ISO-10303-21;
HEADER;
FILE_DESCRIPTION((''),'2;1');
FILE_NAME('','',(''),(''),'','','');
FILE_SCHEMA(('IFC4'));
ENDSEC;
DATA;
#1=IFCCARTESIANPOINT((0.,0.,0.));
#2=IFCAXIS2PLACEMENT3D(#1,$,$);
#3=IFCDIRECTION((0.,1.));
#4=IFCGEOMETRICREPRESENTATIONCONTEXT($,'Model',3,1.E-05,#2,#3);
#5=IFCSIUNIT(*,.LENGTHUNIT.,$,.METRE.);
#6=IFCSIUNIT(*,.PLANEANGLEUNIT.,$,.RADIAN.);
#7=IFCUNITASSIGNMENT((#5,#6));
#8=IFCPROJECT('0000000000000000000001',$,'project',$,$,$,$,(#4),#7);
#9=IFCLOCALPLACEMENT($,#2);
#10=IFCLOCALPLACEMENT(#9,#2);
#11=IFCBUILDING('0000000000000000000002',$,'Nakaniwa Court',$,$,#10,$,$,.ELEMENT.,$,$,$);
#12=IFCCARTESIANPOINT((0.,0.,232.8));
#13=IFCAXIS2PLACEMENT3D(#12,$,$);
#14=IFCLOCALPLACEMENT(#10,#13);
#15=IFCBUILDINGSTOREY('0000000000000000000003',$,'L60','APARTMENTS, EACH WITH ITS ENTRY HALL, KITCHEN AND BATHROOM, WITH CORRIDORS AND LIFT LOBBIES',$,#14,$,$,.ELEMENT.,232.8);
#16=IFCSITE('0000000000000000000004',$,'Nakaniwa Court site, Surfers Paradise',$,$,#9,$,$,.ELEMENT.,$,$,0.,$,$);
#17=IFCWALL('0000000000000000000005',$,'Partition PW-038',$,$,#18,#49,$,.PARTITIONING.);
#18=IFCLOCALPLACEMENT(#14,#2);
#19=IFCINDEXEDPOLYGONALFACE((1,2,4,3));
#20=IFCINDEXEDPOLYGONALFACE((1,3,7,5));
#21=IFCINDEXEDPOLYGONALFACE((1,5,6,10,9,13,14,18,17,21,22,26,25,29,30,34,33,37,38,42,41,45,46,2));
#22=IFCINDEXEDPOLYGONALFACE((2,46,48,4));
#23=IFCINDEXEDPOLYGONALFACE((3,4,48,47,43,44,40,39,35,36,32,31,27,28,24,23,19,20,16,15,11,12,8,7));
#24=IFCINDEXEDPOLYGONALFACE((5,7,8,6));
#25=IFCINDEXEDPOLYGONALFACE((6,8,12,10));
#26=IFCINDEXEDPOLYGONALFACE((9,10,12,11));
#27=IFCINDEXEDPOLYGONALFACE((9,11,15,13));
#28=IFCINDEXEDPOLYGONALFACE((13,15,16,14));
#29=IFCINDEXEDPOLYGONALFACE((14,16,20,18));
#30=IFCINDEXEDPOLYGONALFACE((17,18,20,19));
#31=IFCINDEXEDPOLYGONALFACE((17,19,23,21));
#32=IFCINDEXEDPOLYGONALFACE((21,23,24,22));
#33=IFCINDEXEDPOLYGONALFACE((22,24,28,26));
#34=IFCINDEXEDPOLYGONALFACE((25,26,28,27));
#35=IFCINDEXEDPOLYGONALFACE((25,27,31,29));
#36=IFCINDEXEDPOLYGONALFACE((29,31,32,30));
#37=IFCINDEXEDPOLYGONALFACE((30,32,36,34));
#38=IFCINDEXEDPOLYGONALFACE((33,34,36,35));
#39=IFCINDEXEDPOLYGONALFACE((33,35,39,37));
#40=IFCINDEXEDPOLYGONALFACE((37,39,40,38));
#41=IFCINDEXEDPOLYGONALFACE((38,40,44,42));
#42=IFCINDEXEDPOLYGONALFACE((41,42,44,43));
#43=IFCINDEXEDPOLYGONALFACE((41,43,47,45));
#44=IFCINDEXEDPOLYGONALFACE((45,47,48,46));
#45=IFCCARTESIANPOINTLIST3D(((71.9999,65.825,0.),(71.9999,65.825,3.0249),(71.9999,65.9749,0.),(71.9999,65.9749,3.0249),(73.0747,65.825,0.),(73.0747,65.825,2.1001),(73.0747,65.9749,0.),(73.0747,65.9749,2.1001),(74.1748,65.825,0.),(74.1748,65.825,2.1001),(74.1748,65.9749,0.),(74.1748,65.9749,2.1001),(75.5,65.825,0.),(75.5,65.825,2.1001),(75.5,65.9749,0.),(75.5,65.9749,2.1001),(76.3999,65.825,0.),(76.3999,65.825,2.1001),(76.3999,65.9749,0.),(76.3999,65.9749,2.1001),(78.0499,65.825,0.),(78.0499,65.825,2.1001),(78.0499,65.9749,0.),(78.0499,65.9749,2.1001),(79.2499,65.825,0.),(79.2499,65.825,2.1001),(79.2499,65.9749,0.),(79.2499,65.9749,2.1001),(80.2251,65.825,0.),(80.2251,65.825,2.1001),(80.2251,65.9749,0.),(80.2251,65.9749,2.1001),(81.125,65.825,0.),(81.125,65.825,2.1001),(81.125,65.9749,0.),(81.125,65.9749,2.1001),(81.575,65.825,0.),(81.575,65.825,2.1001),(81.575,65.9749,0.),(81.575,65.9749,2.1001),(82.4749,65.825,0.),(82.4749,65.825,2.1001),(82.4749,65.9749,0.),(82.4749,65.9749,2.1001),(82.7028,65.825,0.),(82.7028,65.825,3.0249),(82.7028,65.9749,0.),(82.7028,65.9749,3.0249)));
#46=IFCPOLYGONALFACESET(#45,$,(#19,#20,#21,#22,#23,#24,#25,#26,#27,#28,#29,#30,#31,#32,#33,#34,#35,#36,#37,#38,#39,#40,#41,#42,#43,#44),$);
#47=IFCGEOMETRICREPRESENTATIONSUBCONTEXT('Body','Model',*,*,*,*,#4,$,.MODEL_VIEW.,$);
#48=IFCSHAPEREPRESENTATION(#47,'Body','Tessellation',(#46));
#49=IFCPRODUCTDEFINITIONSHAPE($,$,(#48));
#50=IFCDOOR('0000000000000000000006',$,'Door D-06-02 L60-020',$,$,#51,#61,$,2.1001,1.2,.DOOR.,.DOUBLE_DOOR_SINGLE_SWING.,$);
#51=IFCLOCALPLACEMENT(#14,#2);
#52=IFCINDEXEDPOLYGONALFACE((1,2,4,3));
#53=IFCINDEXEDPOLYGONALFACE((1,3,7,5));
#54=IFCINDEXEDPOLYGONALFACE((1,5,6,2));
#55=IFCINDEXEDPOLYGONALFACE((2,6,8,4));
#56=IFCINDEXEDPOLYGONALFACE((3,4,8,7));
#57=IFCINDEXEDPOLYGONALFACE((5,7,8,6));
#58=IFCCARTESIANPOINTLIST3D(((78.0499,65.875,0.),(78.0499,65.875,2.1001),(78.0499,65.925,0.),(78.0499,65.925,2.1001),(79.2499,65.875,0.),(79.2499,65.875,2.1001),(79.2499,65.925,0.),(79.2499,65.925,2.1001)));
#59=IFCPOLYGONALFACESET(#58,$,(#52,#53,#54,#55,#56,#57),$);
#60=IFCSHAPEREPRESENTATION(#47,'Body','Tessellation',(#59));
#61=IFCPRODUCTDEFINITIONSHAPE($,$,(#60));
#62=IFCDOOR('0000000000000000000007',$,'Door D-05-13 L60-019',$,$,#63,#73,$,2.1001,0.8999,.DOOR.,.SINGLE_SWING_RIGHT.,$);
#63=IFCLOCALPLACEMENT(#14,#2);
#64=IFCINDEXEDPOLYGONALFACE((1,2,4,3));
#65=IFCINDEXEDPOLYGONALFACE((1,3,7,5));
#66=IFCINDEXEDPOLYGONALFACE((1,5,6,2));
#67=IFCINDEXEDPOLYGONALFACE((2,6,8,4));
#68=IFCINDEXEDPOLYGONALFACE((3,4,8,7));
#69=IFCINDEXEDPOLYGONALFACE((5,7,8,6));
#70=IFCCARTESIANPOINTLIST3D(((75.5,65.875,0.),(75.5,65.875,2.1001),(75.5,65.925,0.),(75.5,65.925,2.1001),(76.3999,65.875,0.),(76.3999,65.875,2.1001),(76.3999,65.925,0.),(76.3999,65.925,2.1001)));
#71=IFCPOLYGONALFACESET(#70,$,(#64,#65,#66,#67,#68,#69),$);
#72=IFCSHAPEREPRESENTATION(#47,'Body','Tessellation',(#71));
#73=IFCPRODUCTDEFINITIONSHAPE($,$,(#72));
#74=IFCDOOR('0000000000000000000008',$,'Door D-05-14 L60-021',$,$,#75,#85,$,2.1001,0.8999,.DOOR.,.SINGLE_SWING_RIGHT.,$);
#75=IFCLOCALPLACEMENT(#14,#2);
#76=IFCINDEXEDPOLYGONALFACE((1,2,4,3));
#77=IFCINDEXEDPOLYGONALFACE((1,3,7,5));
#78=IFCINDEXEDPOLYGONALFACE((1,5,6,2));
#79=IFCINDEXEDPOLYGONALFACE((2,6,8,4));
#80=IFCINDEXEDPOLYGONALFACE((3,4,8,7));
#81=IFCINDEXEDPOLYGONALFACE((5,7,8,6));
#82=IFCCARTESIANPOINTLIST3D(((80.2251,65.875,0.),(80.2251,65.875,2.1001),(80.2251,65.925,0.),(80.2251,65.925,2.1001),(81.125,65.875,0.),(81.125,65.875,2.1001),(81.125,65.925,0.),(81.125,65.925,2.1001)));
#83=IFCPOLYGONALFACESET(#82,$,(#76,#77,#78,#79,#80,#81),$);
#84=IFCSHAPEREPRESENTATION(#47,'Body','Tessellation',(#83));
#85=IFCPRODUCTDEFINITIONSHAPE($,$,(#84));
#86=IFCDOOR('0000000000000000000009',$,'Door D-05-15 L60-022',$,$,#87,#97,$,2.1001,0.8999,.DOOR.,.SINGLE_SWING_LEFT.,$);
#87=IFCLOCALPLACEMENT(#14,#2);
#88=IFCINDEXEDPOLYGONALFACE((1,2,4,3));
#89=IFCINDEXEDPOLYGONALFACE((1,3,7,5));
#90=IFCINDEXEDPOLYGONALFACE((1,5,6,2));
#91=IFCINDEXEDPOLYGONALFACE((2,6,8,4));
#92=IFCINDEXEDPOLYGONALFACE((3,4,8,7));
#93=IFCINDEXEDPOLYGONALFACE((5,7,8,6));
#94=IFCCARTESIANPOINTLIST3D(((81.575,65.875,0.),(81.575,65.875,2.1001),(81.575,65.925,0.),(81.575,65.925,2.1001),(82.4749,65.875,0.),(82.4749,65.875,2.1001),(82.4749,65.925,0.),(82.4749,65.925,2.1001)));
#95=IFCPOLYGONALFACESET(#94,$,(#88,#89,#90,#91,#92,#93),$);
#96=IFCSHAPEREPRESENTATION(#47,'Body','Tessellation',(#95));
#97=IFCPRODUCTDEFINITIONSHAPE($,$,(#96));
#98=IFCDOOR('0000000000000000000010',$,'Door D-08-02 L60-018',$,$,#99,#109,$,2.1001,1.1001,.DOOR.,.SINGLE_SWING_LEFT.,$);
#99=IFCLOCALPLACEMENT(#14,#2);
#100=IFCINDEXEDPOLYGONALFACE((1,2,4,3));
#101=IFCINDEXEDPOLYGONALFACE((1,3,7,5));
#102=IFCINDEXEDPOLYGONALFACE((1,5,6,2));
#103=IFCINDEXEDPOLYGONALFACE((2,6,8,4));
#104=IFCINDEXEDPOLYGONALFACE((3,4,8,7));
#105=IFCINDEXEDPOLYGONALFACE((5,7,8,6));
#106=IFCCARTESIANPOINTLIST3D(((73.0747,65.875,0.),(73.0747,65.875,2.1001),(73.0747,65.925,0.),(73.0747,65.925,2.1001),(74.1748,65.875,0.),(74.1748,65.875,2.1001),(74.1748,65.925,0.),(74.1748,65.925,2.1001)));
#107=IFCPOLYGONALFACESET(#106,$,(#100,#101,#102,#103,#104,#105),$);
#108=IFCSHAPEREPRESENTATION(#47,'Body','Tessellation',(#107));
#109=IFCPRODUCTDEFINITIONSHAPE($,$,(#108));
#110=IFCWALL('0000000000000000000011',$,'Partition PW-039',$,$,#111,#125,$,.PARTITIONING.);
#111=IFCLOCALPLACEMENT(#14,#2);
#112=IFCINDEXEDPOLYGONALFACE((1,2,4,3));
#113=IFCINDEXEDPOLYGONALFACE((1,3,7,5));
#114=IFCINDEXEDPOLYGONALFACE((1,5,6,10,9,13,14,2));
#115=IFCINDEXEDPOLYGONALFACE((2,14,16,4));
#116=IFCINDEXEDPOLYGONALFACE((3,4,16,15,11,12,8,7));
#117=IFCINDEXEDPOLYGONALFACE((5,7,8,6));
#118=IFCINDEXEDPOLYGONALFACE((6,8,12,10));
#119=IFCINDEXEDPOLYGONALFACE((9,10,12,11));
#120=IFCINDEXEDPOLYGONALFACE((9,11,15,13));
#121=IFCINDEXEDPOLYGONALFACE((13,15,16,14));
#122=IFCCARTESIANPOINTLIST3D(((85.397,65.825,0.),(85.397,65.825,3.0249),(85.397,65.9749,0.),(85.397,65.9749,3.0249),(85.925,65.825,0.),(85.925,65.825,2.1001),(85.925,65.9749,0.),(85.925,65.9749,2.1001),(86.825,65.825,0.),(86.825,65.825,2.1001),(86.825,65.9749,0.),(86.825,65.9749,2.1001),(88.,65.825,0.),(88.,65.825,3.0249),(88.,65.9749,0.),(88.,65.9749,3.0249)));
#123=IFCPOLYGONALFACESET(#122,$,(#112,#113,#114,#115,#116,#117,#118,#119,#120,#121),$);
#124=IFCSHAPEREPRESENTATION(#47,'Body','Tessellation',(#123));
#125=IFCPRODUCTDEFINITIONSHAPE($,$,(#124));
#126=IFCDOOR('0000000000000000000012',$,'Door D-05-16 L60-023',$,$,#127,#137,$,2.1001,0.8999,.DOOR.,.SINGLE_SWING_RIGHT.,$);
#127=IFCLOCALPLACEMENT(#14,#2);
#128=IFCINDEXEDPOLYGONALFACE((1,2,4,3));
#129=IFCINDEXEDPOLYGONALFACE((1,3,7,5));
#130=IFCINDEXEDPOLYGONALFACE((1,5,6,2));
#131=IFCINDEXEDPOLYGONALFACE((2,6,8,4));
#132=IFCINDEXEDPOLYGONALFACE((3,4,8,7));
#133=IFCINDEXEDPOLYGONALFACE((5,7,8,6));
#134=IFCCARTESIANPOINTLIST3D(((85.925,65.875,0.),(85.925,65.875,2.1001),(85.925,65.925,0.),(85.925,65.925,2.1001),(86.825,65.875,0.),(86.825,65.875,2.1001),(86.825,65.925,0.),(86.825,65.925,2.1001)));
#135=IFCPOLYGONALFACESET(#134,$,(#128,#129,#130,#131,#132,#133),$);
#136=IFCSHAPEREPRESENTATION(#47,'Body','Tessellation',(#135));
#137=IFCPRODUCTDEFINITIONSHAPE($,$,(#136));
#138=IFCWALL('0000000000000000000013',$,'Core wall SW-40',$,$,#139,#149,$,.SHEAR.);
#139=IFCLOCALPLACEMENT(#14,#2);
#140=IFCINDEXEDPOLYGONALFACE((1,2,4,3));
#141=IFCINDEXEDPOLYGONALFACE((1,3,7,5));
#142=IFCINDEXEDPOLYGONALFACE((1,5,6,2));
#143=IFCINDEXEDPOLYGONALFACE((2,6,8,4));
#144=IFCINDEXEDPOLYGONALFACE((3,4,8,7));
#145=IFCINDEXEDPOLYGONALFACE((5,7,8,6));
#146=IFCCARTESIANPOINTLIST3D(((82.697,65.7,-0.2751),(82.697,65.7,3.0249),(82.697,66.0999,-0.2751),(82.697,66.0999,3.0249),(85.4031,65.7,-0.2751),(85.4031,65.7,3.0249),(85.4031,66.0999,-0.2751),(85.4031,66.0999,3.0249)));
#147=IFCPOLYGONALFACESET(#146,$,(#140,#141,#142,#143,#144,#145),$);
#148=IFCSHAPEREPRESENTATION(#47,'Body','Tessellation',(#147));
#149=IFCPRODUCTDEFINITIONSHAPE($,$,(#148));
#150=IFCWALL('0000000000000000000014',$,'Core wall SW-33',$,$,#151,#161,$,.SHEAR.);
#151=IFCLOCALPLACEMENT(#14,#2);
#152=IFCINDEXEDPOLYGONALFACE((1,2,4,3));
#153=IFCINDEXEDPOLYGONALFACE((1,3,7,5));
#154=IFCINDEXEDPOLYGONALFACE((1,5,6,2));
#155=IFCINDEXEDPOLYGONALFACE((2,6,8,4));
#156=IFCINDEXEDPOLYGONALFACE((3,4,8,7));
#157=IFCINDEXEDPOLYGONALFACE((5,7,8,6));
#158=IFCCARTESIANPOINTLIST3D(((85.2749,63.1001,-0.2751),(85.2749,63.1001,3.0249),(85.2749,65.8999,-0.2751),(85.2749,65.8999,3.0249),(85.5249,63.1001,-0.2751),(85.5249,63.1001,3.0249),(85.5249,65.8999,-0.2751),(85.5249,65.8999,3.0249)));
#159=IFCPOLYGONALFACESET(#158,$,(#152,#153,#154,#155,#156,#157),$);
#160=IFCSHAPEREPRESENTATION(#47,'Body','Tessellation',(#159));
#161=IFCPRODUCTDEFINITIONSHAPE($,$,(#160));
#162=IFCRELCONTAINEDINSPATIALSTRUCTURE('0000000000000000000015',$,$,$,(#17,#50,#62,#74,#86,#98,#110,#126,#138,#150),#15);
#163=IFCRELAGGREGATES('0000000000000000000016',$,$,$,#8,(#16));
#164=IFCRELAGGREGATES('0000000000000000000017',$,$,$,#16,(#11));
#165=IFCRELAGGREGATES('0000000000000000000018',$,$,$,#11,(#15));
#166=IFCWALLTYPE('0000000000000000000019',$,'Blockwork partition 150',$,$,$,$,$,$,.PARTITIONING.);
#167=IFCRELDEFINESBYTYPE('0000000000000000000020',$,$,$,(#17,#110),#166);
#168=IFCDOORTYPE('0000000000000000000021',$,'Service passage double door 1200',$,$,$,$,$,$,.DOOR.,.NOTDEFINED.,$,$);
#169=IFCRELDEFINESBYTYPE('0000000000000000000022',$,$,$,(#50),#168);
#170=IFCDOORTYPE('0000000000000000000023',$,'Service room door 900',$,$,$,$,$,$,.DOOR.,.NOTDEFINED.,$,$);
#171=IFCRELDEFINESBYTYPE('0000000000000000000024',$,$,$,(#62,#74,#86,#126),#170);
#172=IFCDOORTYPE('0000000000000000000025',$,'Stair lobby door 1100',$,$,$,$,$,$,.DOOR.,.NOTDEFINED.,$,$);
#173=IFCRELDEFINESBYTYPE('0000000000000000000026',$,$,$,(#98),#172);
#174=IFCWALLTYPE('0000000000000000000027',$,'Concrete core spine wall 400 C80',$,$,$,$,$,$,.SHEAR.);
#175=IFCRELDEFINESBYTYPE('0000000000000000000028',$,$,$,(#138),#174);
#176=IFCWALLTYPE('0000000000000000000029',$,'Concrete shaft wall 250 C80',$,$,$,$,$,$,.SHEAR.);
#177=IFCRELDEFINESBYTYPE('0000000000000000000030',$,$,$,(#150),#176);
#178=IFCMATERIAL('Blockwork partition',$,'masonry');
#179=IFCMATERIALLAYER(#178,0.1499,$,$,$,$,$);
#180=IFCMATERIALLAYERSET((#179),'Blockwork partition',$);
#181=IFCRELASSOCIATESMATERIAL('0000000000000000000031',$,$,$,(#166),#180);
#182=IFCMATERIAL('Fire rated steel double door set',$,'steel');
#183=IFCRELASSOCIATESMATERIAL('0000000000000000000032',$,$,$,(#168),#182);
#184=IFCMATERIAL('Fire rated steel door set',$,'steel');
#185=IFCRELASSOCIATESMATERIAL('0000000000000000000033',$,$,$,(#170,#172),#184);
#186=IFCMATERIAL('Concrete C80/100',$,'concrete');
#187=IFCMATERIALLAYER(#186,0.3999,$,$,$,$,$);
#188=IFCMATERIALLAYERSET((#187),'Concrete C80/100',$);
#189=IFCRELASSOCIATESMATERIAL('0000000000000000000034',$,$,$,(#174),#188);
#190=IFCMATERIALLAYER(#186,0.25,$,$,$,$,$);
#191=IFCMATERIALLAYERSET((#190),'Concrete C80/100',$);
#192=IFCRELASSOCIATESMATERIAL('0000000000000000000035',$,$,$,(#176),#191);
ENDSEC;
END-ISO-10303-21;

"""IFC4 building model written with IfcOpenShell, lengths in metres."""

from ifc_helpers import new_model, si_unit, direction, frame, frame_2d, origin, place, context, subcontext, project, spatial, rectangle, extrude, material, layer, layer_set, type_object, element, fill, save


model = new_model("IFC4")

# Units and contexts
model_context = context("Model", 3, precision=1e-05, world=origin(), true_north=direction((0.0, 1.0)))
body_context = subcontext(model_context, "Body", "Model", "MODEL_VIEW")
ifc_project = project(units=[si_unit("LENGTHUNIT", "METRE"), si_unit("PLANEANGLEUNIT", "RADIAN")], contexts=[model_context])

# Site, building, storey
site_placement = place(None, origin())
site = spatial("IfcSite", under=ifc_project, at=site_placement, Name="Nakaniwa Court site, Surfers Paradise", CompositionType="ELEMENT", RefElevation=0.0)
building_placement = place(site_placement, origin())
building = spatial("IfcBuilding", under=site, at=building_placement, Name="Nakaniwa Court", CompositionType="ELEMENT")
storey_placement = place(building_placement, frame((0.0, 0.0, 232.8)))
storey = spatial("IfcBuildingStorey", under=building, at=storey_placement, Name="L60", Description="APARTMENTS, EACH WITH ITS ENTRY HALL, KITCHEN AND BATHROOM, WITH CORRIDORS AND LIFT LOBBIES", CompositionType="ELEMENT", Elevation=232.8)

# Shared definitions
ifc_material_1 = material(Name="Concrete C80/100", Category="concrete")

# Shared definitions
ifc_material_2 = material(Name="Blockwork partition", Category="masonry")
ifc_layer_1 = layer(ifc_material_2, 0.1499)
ifc_layer_set_1 = layer_set([ifc_layer_1], Name="Blockwork partition")
wall_type_1 = type_object("IfcWallType", Name="Blockwork partition 150", PredefinedType="PARTITIONING", material=ifc_layer_set_1)

# Wall, openings, doors
wall_1_placement = place(storey_placement, frame((82.7029, 65.8999, 0.0), z_axis=(0.0, 0.0, 1.0), x_axis=(-1.0, 0.0, 0.0)))
wall_1 = element("IfcWall", 1, at=wall_1_placement, inside=storey, type_object=wall_type_1, Name="Partition PW-038", PredefinedType="PARTITIONING", context=body_context, shape_type="SweptSolid", body=[
    extrude(rectangle(XDim=10.7029, YDim=0.1499, at=frame_2d((5.3516, 0.0))), origin(), (0.0, 0.0, 1.0), 3.0249),
])
opening_1_placement = place(wall_1_placement, frame((8.5281, 0.0, 0.0)))
opening_1 = element("IfcOpeningElement", 2, at=opening_1_placement, cuts=wall_1, PredefinedType="OPENING", context=body_context, shape_type="SweptSolid", body=[
    extrude(rectangle(XDim=1.1001, YDim=2.1001, at=frame_2d((0.55, 1.05))), frame((0.0, 0.085, 0.0), z_axis=(0.0, -1.0, 0.0), x_axis=(1.0, 0.0, 0.0)), (0.0, 0.0, 1.0), 0.1699),
])
opening_2_placement = place(wall_1_placement, frame((6.303, 0.0, 0.0)))
opening_2 = element("IfcOpeningElement", 3, at=opening_2_placement, cuts=wall_1, PredefinedType="OPENING", context=body_context, shape_type="SweptSolid", body=[
    extrude(rectangle(XDim=0.8999, YDim=2.1001, at=frame_2d((0.45, 1.05))), frame((0.0, 0.085, 0.0), z_axis=(0.0, -1.0, 0.0), x_axis=(1.0, 0.0, 0.0)), (0.0, 0.0, 1.0), 0.1699),
])
opening_3_placement = place(wall_1_placement, frame((3.4529, 0.0, 0.0)))
opening_3 = element("IfcOpeningElement", 4, at=opening_3_placement, cuts=wall_1, PredefinedType="OPENING", context=body_context, shape_type="SweptSolid", body=[
    extrude(rectangle(XDim=1.2, YDim=2.1001, at=frame_2d((0.6001, 1.05))), frame((0.0, 0.085, 0.0), z_axis=(0.0, -1.0, 0.0), x_axis=(1.0, 0.0, 0.0)), (0.0, 0.0, 1.0), 0.1699),
])
opening_4_placement = place(wall_1_placement, frame((1.5779, 0.0, 0.0)))
opening_4 = element("IfcOpeningElement", 5, at=opening_4_placement, cuts=wall_1, PredefinedType="OPENING", context=body_context, shape_type="SweptSolid", body=[
    extrude(rectangle(XDim=0.8999, YDim=2.1001, at=frame_2d((0.45, 1.05))), frame((0.0, 0.085, 0.0), z_axis=(0.0, -1.0, 0.0), x_axis=(1.0, 0.0, 0.0)), (0.0, 0.0, 1.0), 0.1699),
])
opening_5_placement = place(wall_1_placement, frame((0.228, 0.0, 0.0)))
opening_5 = element("IfcOpeningElement", 6, at=opening_5_placement, cuts=wall_1, PredefinedType="OPENING", context=body_context, shape_type="SweptSolid", body=[
    extrude(rectangle(XDim=0.8999, YDim=2.1001, at=frame_2d((0.45, 1.05))), frame((0.0, 0.085, 0.0), z_axis=(0.0, -1.0, 0.0), x_axis=(1.0, 0.0, 0.0)), (0.0, 0.0, 1.0), 0.1699),
])
ifc_material_3 = material(Name="Fire rated steel double door set", Category="steel")
door_type_1 = type_object("IfcDoorType", Name="Service passage double door 1200", OperationType="NOTDEFINED", PredefinedType="DOOR", material=ifc_material_3)
door_1_placement = place(opening_3_placement, origin())
door_1 = element("IfcDoor", 7, at=door_1_placement, inside=storey, type_object=door_type_1, Name="Door D-06-02 L60-020", OperationType="DOUBLE_DOOR_SINGLE_SWING", OverallHeight=2.1001, OverallWidth=1.2, PredefinedType="DOOR", context=body_context, shape_type="SweptSolid", body=[
    extrude(rectangle(XDim=1.2, YDim=2.1001, at=frame_2d((0.6001, 1.05))), frame((0.0, 0.0249, 0.0), z_axis=(0.0, -1.0, 0.0), x_axis=(1.0, 0.0, 0.0)), (0.0, 0.0, 1.0), 0.05),
])
fill(opening_3, door_1)
ifc_material_4 = material(Name="Fire rated steel door set", Category="steel")
door_type_2 = type_object("IfcDoorType", Name="Service room door 900", OperationType="NOTDEFINED", PredefinedType="DOOR", material=ifc_material_4)
door_2_placement = place(opening_2_placement, origin())
door_2 = element("IfcDoor", 8, at=door_2_placement, inside=storey, type_object=door_type_2, Name="Door D-05-13 L60-019", OperationType="SINGLE_SWING_RIGHT", OverallHeight=2.1001, OverallWidth=0.8999, PredefinedType="DOOR", context=body_context, shape_type="SweptSolid", body=[
    extrude(rectangle(XDim=0.8999, YDim=2.1001, at=frame_2d((0.45, 1.05))), frame((0.0, 0.0249, 0.0), z_axis=(0.0, -1.0, 0.0), x_axis=(1.0, 0.0, 0.0)), (0.0, 0.0, 1.0), 0.05),
])
fill(opening_2, door_2)
door_3_placement = place(opening_4_placement, origin())
door_3 = element("IfcDoor", 9, at=door_3_placement, inside=storey, type_object=door_type_2, Name="Door D-05-14 L60-021", OperationType="SINGLE_SWING_RIGHT", OverallHeight=2.1001, OverallWidth=0.8999, PredefinedType="DOOR", context=body_context, shape_type="SweptSolid", body=[
    extrude(rectangle(XDim=0.8999, YDim=2.1001, at=frame_2d((0.45, 1.05))), frame((0.0, 0.0249, 0.0), z_axis=(0.0, -1.0, 0.0), x_axis=(1.0, 0.0, 0.0)), (0.0, 0.0, 1.0), 0.05),
])
fill(opening_4, door_3)
door_4_placement = place(opening_5_placement, origin())
door_4 = element("IfcDoor", 10, at=door_4_placement, inside=storey, type_object=door_type_2, Name="Door D-05-15 L60-022", OperationType="SINGLE_SWING_LEFT", OverallHeight=2.1001, OverallWidth=0.8999, PredefinedType="DOOR", context=body_context, shape_type="SweptSolid", body=[
    extrude(rectangle(XDim=0.8999, YDim=2.1001, at=frame_2d((0.45, 1.05))), frame((0.0, 0.0249, 0.0), z_axis=(0.0, -1.0, 0.0), x_axis=(1.0, 0.0, 0.0)), (0.0, 0.0, 1.0), 0.05),
])
fill(opening_5, door_4)
door_type_3 = type_object("IfcDoorType", Name="Stair lobby door 1100", OperationType="NOTDEFINED", PredefinedType="DOOR", material=ifc_material_4)
door_5_placement = place(opening_1_placement, origin())
door_5 = element("IfcDoor", 11, at=door_5_placement, inside=storey, type_object=door_type_3, Name="Door D-08-02 L60-018", OperationType="SINGLE_SWING_LEFT", OverallHeight=2.1001, OverallWidth=1.1001, PredefinedType="DOOR", context=body_context, shape_type="SweptSolid", body=[
    extrude(rectangle(XDim=1.1001, YDim=2.1001, at=frame_2d((0.55, 1.05))), frame((0.0, 0.0249, 0.0), z_axis=(0.0, -1.0, 0.0), x_axis=(1.0, 0.0, 0.0)), (0.0, 0.0, 1.0), 0.05),
])
fill(opening_1, door_5)

# Wall, opening, door
wall_2_placement = place(storey_placement, frame((88.0, 65.8999, 0.0), z_axis=(0.0, 0.0, 1.0), x_axis=(-1.0, 0.0, 0.0)))
wall_2 = element("IfcWall", 12, at=wall_2_placement, inside=storey, type_object=wall_type_1, Name="Partition PW-039", PredefinedType="PARTITIONING", context=body_context, shape_type="SweptSolid", body=[
    extrude(rectangle(XDim=2.603, YDim=0.1499, at=frame_2d((1.3015, 0.0))), origin(), (0.0, 0.0, 1.0), 3.0249),
])
opening_6_placement = place(wall_2_placement, frame((1.175, 0.0, 0.0)))
opening_6 = element("IfcOpeningElement", 13, at=opening_6_placement, cuts=wall_2, PredefinedType="OPENING", context=body_context, shape_type="SweptSolid", body=[
    extrude(rectangle(XDim=0.8999, YDim=2.1001, at=frame_2d((0.45, 1.05))), frame((0.0, 0.085, 0.0), z_axis=(0.0, -1.0, 0.0), x_axis=(1.0, 0.0, 0.0)), (0.0, 0.0, 1.0), 0.1699),
])
door_6_placement = place(opening_6_placement, origin())
door_6 = element("IfcDoor", 14, at=door_6_placement, inside=storey, type_object=door_type_2, Name="Door D-05-16 L60-023", OperationType="SINGLE_SWING_RIGHT", OverallHeight=2.1001, OverallWidth=0.8999, PredefinedType="DOOR", context=body_context, shape_type="SweptSolid", body=[
    extrude(rectangle(XDim=0.8999, YDim=2.1001, at=frame_2d((0.45, 1.05))), frame((0.0, 0.0249, 0.0), z_axis=(0.0, -1.0, 0.0), x_axis=(1.0, 0.0, 0.0)), (0.0, 0.0, 1.0), 0.05),
])
fill(opening_6, door_6)

# Walls
ifc_layer_2 = layer(ifc_material_1, 0.3999)
ifc_layer_set_2 = layer_set([ifc_layer_2], Name="Concrete C80/100")
wall_type_2 = type_object("IfcWallType", Name="Concrete core spine wall 400 C80", PredefinedType="SHEAR", material=ifc_layer_set_2)
wall_3_placement = place(storey_placement, frame((82.697, 65.8999, -0.2751), z_axis=(0.0, 0.0, 1.0), x_axis=(1.0, 0.0, 0.0)))
element("IfcWall", 15, at=wall_3_placement, inside=storey, type_object=wall_type_2, Name="Core wall SW-40", PredefinedType="SHEAR", context=body_context, shape_type="SweptSolid", body=[
    extrude(rectangle(XDim=2.7061, YDim=0.3999, at=frame_2d((1.353, 0.0))), origin(), (0.0, 0.0, 1.0), 3.3),
])
ifc_layer_3 = layer(ifc_material_1, 0.25)
ifc_layer_set_3 = layer_set([ifc_layer_3], Name="Concrete C80/100")
wall_type_3 = type_object("IfcWallType", Name="Concrete shaft wall 250 C80", PredefinedType="SHEAR", material=ifc_layer_set_3)
wall_4_placement = place(storey_placement, frame((85.3999, 63.1001, -0.2751), z_axis=(0.0, 0.0, 1.0), x_axis=(0.0, 1.0, 0.0)))
element("IfcWall", 16, at=wall_4_placement, inside=storey, type_object=wall_type_3, Name="Core wall SW-33", PredefinedType="SHEAR", context=body_context, shape_type="SweptSolid", body=[
    extrude(rectangle(XDim=2.7998, YDim=0.25, at=frame_2d((1.3999, 0.0))), origin(), (0.0, 0.0, 1.0), 3.3),
])

save(model, "model.ifc")
